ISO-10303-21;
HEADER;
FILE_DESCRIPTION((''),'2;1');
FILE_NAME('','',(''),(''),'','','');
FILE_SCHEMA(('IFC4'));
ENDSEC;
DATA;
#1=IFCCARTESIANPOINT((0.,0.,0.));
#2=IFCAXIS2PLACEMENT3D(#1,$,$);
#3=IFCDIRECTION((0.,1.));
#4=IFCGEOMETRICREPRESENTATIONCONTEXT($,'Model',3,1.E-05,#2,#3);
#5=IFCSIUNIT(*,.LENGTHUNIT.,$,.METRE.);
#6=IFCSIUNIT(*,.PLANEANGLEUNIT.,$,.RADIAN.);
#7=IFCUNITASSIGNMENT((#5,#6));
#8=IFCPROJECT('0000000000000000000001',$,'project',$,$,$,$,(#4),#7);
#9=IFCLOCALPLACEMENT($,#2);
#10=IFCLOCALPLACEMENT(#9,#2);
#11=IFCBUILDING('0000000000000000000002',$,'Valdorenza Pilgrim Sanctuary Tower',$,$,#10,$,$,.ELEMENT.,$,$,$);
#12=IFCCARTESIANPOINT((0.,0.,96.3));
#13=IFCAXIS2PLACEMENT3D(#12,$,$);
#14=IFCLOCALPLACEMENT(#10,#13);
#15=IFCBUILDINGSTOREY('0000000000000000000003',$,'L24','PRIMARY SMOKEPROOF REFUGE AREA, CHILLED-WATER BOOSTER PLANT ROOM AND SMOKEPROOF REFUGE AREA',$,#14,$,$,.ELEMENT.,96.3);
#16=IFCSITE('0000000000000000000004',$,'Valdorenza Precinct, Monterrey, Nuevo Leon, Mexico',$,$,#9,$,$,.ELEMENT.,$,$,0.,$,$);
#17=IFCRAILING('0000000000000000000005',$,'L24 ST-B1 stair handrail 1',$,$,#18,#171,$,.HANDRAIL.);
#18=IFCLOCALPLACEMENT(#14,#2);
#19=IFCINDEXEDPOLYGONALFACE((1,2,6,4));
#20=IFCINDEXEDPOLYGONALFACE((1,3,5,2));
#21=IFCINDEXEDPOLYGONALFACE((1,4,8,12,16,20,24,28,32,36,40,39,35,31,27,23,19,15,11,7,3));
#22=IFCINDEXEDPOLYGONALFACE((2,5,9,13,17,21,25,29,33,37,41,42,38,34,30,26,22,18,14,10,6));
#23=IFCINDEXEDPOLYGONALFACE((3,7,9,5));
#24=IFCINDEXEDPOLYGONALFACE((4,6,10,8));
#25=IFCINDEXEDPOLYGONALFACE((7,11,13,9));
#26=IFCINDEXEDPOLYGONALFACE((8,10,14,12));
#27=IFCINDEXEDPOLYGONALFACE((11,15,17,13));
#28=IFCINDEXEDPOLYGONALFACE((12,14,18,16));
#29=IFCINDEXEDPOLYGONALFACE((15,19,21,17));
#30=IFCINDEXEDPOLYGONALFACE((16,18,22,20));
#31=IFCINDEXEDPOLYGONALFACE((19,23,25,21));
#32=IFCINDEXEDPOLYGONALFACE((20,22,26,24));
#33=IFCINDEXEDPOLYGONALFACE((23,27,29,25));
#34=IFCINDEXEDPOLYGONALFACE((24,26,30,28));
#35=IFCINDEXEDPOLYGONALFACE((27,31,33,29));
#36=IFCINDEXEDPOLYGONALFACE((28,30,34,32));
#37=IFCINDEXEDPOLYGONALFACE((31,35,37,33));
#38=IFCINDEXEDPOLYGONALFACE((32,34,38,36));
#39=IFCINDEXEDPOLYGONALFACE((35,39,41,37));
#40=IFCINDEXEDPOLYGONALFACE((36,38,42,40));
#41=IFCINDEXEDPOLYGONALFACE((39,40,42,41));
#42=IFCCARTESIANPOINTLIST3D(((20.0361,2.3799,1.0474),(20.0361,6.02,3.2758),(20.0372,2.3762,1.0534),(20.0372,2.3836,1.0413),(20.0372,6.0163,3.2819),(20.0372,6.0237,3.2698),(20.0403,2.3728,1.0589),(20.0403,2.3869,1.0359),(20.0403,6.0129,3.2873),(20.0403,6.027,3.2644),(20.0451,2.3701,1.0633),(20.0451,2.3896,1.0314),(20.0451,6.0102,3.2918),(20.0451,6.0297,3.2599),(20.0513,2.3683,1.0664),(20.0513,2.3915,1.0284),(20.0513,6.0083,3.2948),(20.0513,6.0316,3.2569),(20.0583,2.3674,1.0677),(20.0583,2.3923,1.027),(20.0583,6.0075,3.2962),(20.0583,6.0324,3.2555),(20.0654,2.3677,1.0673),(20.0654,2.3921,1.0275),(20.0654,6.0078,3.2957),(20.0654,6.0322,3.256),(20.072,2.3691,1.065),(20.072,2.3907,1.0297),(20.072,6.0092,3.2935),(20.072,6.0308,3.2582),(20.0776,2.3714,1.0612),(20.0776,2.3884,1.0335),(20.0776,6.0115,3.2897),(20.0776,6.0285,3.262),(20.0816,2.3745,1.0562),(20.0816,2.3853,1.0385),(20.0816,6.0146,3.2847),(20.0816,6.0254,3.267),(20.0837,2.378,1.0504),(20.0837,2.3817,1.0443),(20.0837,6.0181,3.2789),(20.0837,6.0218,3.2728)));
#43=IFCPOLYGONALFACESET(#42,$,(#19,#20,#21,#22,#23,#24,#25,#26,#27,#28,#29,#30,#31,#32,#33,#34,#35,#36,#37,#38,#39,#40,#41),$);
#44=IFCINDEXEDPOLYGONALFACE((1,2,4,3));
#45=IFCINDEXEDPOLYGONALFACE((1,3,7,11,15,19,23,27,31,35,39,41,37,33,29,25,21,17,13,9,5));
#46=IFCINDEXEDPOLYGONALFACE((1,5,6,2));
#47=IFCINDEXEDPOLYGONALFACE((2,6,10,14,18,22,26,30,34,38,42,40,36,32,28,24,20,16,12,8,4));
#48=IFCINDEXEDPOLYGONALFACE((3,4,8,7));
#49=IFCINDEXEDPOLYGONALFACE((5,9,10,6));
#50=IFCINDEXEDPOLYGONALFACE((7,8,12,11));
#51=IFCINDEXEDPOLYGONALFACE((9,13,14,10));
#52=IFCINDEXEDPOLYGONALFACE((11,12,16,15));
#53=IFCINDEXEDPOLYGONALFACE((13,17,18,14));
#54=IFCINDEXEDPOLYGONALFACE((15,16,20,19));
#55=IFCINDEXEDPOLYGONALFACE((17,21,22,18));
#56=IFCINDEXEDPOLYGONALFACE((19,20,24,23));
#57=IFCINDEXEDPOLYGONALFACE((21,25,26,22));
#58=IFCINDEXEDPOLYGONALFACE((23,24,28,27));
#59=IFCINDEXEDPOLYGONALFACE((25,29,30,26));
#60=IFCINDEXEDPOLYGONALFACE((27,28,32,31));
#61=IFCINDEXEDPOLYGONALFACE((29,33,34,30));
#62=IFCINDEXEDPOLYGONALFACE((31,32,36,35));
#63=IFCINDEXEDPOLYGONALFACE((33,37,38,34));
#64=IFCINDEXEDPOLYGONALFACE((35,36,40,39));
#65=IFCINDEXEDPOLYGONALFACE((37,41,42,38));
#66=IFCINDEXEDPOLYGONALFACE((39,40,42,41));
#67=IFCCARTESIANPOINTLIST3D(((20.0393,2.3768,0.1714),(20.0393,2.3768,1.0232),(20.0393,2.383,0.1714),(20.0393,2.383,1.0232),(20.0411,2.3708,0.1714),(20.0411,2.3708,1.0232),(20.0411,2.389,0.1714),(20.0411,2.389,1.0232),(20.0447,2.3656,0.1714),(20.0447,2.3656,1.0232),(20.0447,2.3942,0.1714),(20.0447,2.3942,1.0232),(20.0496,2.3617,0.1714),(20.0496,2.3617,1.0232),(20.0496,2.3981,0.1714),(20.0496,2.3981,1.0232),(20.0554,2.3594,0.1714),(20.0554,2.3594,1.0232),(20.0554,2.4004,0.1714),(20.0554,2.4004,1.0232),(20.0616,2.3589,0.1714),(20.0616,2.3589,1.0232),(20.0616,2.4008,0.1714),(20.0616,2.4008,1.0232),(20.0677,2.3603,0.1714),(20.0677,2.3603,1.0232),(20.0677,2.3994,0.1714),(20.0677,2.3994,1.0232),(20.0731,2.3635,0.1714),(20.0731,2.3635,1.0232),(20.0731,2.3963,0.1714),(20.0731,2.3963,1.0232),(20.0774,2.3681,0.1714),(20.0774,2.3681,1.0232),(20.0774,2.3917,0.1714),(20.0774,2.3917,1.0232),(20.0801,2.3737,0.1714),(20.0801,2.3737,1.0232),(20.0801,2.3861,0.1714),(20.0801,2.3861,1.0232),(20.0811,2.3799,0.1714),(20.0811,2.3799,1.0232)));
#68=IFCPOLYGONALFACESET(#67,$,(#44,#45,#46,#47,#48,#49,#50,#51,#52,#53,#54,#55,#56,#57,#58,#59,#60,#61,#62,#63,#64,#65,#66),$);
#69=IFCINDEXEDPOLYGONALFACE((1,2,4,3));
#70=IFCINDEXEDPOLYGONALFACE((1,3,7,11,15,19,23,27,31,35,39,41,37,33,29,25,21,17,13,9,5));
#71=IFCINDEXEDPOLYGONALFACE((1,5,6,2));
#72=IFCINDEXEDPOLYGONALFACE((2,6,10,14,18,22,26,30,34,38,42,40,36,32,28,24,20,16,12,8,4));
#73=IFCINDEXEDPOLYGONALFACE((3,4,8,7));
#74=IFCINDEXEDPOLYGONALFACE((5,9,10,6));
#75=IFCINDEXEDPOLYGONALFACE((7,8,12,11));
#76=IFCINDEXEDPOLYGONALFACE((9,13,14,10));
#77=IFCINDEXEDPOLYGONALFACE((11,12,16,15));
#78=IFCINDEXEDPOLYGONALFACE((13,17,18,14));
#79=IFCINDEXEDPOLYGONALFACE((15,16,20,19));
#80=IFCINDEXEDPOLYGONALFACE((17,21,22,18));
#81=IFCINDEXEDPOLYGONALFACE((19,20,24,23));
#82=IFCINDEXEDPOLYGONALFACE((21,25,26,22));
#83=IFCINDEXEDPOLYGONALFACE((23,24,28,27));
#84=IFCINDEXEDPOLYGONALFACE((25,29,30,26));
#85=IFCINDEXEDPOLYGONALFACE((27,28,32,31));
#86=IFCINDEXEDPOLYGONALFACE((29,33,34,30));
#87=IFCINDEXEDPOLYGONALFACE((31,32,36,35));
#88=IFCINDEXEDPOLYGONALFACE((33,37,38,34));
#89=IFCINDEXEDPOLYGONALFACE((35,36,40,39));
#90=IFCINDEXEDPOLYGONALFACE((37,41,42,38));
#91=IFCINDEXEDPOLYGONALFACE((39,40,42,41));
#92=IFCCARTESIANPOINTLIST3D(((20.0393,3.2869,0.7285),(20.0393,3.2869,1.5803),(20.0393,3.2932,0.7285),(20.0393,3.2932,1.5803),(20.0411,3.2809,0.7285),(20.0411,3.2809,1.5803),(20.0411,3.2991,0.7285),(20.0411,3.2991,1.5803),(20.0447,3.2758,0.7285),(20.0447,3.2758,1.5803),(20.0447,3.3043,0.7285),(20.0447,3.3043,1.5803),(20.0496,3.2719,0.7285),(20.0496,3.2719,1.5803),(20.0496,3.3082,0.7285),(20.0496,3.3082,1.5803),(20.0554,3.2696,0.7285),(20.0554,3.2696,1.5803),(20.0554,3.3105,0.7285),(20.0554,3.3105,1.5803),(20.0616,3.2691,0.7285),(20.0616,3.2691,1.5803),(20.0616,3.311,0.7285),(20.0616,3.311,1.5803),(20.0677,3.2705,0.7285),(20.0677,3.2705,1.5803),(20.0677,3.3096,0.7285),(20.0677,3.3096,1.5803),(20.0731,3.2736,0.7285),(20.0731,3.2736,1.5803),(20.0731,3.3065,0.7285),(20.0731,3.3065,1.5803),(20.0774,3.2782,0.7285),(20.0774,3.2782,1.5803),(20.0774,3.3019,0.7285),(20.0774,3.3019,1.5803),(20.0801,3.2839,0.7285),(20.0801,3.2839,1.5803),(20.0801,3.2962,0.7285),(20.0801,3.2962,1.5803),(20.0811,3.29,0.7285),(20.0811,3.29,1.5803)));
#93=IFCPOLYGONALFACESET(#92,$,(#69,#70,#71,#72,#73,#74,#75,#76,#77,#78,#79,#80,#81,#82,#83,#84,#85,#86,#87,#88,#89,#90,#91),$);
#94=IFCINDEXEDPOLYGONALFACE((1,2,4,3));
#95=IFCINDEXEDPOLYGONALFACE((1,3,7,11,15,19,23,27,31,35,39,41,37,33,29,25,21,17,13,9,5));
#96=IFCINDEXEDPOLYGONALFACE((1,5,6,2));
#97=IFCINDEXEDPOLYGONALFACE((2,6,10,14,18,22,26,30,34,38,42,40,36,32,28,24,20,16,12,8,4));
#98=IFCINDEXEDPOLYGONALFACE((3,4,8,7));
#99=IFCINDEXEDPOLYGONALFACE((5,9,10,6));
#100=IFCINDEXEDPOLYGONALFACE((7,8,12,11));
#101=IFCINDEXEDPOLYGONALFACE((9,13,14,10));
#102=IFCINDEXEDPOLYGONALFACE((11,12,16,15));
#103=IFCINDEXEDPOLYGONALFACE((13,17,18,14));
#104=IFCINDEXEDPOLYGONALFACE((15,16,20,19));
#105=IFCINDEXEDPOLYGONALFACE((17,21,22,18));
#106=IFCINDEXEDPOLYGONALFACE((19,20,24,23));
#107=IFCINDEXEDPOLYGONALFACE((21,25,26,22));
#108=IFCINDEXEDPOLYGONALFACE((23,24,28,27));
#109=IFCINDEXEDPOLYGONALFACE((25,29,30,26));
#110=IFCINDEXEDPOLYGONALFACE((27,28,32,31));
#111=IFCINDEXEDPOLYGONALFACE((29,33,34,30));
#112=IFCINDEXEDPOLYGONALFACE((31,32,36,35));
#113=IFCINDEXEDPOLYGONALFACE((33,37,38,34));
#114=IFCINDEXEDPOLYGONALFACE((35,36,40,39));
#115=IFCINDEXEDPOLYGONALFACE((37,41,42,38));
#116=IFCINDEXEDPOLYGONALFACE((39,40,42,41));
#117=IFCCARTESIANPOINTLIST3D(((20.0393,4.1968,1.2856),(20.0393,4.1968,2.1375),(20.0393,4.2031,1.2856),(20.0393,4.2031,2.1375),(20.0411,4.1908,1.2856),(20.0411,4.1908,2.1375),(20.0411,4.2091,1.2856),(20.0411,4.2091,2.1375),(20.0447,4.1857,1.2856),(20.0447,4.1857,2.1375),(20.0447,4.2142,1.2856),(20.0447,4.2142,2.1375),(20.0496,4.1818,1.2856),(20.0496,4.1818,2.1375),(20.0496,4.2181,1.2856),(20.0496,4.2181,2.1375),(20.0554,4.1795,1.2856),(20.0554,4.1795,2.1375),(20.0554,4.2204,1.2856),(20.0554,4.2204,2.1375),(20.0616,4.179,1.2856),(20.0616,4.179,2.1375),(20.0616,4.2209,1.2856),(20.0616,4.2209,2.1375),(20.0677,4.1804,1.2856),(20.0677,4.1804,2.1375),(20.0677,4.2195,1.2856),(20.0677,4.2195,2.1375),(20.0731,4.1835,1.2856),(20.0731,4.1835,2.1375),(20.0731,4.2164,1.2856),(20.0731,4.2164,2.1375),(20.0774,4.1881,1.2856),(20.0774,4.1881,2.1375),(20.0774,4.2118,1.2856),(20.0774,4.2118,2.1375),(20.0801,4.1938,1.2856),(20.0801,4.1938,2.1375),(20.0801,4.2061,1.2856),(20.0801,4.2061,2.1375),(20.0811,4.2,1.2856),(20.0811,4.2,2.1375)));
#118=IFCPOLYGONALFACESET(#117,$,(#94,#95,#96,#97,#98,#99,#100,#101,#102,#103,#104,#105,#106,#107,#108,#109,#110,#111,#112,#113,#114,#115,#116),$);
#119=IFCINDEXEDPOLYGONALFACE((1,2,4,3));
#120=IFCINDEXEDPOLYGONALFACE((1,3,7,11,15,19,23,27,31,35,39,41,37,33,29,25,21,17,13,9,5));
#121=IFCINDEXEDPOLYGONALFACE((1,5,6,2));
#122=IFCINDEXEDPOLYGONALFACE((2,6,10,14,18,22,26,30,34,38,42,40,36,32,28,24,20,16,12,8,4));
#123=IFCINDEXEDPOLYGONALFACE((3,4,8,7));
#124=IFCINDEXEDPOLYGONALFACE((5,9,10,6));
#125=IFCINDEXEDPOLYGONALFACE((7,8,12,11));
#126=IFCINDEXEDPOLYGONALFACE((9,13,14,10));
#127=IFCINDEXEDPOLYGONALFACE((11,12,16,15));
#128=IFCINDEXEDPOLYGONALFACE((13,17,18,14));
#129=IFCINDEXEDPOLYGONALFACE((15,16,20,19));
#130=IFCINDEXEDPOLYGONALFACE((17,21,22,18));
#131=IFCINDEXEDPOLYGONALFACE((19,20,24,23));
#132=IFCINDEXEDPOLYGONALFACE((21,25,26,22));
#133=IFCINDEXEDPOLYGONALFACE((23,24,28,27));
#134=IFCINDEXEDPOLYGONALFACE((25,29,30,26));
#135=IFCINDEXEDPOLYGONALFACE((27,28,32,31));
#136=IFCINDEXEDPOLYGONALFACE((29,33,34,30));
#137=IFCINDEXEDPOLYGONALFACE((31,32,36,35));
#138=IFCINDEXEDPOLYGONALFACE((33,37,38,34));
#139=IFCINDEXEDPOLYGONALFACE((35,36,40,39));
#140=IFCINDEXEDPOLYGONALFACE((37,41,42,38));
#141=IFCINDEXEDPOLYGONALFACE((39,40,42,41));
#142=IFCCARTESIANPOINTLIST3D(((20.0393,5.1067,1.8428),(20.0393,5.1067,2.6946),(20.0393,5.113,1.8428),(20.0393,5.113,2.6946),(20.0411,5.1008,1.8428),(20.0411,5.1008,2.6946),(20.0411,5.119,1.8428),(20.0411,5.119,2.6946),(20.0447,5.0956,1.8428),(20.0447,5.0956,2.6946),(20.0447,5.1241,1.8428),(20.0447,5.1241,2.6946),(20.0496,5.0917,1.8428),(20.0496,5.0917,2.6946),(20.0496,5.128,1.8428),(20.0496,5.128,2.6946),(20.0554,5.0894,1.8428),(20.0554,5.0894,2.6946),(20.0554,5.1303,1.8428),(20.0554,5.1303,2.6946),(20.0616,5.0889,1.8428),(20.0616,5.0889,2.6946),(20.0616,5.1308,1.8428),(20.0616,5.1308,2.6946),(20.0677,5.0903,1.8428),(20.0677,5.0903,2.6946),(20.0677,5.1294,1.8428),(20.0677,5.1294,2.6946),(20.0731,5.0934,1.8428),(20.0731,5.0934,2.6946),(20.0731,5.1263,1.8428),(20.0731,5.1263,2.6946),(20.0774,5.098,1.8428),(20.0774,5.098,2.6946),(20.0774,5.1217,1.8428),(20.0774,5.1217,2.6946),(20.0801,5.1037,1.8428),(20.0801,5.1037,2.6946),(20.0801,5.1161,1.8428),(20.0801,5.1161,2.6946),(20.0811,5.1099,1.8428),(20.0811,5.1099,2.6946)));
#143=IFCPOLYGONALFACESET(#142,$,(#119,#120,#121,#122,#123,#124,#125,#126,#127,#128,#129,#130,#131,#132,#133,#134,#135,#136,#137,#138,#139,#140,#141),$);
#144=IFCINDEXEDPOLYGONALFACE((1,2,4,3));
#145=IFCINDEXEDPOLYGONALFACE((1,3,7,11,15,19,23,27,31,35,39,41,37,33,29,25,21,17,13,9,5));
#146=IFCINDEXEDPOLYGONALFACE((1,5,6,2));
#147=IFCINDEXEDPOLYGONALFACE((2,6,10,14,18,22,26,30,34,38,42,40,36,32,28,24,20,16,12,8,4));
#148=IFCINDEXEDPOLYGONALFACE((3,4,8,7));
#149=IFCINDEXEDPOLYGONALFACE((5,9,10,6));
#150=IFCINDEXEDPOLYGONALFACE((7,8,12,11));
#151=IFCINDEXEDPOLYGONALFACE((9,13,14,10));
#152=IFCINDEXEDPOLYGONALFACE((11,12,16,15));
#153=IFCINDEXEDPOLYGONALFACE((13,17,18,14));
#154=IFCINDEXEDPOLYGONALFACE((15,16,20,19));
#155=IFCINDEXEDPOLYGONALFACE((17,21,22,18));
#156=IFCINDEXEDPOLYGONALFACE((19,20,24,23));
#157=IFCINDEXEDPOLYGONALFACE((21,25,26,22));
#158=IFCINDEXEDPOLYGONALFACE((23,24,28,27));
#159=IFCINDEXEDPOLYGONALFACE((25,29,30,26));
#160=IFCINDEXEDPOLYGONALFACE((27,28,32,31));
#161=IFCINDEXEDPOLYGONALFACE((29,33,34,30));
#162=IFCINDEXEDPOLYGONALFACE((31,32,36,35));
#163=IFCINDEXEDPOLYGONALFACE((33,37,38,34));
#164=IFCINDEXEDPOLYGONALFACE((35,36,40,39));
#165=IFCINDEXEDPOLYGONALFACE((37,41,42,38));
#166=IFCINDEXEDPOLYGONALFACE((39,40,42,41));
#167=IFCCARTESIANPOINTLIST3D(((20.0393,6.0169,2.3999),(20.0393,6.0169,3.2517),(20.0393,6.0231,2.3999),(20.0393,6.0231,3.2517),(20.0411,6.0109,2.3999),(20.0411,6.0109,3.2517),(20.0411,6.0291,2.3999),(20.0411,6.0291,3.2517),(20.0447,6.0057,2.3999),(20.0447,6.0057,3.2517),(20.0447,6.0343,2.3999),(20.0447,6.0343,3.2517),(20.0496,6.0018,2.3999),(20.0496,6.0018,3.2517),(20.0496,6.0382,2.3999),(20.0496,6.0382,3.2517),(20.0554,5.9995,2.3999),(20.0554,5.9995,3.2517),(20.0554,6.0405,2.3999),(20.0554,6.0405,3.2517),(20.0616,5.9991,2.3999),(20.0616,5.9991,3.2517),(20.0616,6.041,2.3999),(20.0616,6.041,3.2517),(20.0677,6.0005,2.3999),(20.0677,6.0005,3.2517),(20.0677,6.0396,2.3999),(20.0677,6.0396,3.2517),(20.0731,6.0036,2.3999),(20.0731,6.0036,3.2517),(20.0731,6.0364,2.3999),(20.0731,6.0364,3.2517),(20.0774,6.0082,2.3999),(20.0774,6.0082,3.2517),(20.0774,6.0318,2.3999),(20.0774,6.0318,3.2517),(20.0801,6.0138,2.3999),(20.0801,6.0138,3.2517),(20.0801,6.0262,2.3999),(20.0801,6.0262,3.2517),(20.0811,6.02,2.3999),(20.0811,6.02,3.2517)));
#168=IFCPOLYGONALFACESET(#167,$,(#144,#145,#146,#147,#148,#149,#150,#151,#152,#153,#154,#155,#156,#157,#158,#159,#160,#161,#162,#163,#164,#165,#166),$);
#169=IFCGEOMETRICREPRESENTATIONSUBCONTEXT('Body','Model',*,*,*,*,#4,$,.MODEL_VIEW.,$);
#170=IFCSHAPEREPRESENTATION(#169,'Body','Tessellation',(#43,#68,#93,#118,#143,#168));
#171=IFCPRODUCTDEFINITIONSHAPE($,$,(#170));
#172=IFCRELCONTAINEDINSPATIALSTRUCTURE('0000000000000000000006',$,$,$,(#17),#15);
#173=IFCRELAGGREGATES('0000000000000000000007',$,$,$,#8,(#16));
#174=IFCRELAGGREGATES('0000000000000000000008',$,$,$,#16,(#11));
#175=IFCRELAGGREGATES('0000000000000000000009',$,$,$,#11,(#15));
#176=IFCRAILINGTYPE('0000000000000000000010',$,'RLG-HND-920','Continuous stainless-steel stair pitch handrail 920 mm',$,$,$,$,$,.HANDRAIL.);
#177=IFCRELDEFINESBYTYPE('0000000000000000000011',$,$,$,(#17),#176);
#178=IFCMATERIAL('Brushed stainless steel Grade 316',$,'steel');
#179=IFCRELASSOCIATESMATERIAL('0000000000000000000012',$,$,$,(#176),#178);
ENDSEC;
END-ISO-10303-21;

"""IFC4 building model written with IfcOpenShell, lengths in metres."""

from ifc_helpers import new_model, si_unit, direction, frame, origin, origin_2d, place, context, subcontext, project, spatial, circle, extrude, material, type_object, element, save


model = new_model("IFC4")

# Units and contexts
model_context = context("Model", 3, precision=1e-05, world=origin(), true_north=direction((0.0, 1.0)))
body_context = subcontext(model_context, "Body", "Model", "MODEL_VIEW")
ifc_project = project(units=[si_unit("LENGTHUNIT", "METRE"), si_unit("PLANEANGLEUNIT", "RADIAN")], contexts=[model_context])

# Site, building, storey
site_placement = place(None, origin())
site = spatial("IfcSite", under=ifc_project, at=site_placement, Name="Valdorenza Precinct, Monterrey, Nuevo Leon, Mexico", CompositionType="ELEMENT", RefElevation=0.0)
building_placement = place(site_placement, origin())
building = spatial("IfcBuilding", under=site, at=building_placement, Name="Valdorenza Pilgrim Sanctuary Tower", CompositionType="ELEMENT")
storey_placement = place(building_placement, frame((0.0, 0.0, 96.3)))
storey = spatial("IfcBuildingStorey", under=building, at=storey_placement, Name="L24", Description="PRIMARY SMOKEPROOF REFUGE AREA, CHILLED-WATER BOOSTER PLANT ROOM AND SMOKEPROOF REFUGE AREA", CompositionType="ELEMENT", Elevation=96.3)

# Railing
ifc_material_1 = material(Name="Brushed stainless steel Grade 316", Category="steel")
railing_type_1 = type_object("IfcRailingType", Name="RLG-HND-920", Description="Continuous stainless-steel stair pitch handrail 920 mm", PredefinedType="HANDRAIL", material=ifc_material_1)
railing_1_placement = place(storey_placement, frame((20.0601, 2.3799, 0.1714)))
element("IfcRailing", 1, at=railing_1_placement, inside=storey, type_object=railing_type_1, Name="L24 ST-B1 stair handrail 1", PredefinedType="HANDRAIL", context=body_context, shape_type="SweptSolid", body=[
    extrude(circle(Radius=0.0239, at=origin_2d()), frame((0.0, 0.0, 0.876), z_axis=(0.0, 0.852866, 0.52213), x_axis=(-1.0, 0.0, 0.0)), (0.0, 0.0, 1.0), 4.2681),
    extrude(circle(Radius=0.021, at=origin_2d()), origin(), (0.0, 0.0, 1.0), 0.8518),
    extrude(circle(Radius=0.021, at=origin_2d()), frame((0.0, 0.9102, 0.5571)), (0.0, 0.0, 1.0), 0.8518),
    extrude(circle(Radius=0.021, at=origin_2d()), frame((0.0, 1.8201, 1.1143)), (0.0, 0.0, 1.0), 0.8518),
    extrude(circle(Radius=0.021, at=origin_2d()), frame((0.0, 2.73, 1.6714)), (0.0, 0.0, 1.0), 0.8518),
    extrude(circle(Radius=0.021, at=origin_2d()), frame((0.0, 3.6401, 2.2285)), (0.0, 0.0, 1.0), 0.8518),
])

save(model, "model.ifc")
